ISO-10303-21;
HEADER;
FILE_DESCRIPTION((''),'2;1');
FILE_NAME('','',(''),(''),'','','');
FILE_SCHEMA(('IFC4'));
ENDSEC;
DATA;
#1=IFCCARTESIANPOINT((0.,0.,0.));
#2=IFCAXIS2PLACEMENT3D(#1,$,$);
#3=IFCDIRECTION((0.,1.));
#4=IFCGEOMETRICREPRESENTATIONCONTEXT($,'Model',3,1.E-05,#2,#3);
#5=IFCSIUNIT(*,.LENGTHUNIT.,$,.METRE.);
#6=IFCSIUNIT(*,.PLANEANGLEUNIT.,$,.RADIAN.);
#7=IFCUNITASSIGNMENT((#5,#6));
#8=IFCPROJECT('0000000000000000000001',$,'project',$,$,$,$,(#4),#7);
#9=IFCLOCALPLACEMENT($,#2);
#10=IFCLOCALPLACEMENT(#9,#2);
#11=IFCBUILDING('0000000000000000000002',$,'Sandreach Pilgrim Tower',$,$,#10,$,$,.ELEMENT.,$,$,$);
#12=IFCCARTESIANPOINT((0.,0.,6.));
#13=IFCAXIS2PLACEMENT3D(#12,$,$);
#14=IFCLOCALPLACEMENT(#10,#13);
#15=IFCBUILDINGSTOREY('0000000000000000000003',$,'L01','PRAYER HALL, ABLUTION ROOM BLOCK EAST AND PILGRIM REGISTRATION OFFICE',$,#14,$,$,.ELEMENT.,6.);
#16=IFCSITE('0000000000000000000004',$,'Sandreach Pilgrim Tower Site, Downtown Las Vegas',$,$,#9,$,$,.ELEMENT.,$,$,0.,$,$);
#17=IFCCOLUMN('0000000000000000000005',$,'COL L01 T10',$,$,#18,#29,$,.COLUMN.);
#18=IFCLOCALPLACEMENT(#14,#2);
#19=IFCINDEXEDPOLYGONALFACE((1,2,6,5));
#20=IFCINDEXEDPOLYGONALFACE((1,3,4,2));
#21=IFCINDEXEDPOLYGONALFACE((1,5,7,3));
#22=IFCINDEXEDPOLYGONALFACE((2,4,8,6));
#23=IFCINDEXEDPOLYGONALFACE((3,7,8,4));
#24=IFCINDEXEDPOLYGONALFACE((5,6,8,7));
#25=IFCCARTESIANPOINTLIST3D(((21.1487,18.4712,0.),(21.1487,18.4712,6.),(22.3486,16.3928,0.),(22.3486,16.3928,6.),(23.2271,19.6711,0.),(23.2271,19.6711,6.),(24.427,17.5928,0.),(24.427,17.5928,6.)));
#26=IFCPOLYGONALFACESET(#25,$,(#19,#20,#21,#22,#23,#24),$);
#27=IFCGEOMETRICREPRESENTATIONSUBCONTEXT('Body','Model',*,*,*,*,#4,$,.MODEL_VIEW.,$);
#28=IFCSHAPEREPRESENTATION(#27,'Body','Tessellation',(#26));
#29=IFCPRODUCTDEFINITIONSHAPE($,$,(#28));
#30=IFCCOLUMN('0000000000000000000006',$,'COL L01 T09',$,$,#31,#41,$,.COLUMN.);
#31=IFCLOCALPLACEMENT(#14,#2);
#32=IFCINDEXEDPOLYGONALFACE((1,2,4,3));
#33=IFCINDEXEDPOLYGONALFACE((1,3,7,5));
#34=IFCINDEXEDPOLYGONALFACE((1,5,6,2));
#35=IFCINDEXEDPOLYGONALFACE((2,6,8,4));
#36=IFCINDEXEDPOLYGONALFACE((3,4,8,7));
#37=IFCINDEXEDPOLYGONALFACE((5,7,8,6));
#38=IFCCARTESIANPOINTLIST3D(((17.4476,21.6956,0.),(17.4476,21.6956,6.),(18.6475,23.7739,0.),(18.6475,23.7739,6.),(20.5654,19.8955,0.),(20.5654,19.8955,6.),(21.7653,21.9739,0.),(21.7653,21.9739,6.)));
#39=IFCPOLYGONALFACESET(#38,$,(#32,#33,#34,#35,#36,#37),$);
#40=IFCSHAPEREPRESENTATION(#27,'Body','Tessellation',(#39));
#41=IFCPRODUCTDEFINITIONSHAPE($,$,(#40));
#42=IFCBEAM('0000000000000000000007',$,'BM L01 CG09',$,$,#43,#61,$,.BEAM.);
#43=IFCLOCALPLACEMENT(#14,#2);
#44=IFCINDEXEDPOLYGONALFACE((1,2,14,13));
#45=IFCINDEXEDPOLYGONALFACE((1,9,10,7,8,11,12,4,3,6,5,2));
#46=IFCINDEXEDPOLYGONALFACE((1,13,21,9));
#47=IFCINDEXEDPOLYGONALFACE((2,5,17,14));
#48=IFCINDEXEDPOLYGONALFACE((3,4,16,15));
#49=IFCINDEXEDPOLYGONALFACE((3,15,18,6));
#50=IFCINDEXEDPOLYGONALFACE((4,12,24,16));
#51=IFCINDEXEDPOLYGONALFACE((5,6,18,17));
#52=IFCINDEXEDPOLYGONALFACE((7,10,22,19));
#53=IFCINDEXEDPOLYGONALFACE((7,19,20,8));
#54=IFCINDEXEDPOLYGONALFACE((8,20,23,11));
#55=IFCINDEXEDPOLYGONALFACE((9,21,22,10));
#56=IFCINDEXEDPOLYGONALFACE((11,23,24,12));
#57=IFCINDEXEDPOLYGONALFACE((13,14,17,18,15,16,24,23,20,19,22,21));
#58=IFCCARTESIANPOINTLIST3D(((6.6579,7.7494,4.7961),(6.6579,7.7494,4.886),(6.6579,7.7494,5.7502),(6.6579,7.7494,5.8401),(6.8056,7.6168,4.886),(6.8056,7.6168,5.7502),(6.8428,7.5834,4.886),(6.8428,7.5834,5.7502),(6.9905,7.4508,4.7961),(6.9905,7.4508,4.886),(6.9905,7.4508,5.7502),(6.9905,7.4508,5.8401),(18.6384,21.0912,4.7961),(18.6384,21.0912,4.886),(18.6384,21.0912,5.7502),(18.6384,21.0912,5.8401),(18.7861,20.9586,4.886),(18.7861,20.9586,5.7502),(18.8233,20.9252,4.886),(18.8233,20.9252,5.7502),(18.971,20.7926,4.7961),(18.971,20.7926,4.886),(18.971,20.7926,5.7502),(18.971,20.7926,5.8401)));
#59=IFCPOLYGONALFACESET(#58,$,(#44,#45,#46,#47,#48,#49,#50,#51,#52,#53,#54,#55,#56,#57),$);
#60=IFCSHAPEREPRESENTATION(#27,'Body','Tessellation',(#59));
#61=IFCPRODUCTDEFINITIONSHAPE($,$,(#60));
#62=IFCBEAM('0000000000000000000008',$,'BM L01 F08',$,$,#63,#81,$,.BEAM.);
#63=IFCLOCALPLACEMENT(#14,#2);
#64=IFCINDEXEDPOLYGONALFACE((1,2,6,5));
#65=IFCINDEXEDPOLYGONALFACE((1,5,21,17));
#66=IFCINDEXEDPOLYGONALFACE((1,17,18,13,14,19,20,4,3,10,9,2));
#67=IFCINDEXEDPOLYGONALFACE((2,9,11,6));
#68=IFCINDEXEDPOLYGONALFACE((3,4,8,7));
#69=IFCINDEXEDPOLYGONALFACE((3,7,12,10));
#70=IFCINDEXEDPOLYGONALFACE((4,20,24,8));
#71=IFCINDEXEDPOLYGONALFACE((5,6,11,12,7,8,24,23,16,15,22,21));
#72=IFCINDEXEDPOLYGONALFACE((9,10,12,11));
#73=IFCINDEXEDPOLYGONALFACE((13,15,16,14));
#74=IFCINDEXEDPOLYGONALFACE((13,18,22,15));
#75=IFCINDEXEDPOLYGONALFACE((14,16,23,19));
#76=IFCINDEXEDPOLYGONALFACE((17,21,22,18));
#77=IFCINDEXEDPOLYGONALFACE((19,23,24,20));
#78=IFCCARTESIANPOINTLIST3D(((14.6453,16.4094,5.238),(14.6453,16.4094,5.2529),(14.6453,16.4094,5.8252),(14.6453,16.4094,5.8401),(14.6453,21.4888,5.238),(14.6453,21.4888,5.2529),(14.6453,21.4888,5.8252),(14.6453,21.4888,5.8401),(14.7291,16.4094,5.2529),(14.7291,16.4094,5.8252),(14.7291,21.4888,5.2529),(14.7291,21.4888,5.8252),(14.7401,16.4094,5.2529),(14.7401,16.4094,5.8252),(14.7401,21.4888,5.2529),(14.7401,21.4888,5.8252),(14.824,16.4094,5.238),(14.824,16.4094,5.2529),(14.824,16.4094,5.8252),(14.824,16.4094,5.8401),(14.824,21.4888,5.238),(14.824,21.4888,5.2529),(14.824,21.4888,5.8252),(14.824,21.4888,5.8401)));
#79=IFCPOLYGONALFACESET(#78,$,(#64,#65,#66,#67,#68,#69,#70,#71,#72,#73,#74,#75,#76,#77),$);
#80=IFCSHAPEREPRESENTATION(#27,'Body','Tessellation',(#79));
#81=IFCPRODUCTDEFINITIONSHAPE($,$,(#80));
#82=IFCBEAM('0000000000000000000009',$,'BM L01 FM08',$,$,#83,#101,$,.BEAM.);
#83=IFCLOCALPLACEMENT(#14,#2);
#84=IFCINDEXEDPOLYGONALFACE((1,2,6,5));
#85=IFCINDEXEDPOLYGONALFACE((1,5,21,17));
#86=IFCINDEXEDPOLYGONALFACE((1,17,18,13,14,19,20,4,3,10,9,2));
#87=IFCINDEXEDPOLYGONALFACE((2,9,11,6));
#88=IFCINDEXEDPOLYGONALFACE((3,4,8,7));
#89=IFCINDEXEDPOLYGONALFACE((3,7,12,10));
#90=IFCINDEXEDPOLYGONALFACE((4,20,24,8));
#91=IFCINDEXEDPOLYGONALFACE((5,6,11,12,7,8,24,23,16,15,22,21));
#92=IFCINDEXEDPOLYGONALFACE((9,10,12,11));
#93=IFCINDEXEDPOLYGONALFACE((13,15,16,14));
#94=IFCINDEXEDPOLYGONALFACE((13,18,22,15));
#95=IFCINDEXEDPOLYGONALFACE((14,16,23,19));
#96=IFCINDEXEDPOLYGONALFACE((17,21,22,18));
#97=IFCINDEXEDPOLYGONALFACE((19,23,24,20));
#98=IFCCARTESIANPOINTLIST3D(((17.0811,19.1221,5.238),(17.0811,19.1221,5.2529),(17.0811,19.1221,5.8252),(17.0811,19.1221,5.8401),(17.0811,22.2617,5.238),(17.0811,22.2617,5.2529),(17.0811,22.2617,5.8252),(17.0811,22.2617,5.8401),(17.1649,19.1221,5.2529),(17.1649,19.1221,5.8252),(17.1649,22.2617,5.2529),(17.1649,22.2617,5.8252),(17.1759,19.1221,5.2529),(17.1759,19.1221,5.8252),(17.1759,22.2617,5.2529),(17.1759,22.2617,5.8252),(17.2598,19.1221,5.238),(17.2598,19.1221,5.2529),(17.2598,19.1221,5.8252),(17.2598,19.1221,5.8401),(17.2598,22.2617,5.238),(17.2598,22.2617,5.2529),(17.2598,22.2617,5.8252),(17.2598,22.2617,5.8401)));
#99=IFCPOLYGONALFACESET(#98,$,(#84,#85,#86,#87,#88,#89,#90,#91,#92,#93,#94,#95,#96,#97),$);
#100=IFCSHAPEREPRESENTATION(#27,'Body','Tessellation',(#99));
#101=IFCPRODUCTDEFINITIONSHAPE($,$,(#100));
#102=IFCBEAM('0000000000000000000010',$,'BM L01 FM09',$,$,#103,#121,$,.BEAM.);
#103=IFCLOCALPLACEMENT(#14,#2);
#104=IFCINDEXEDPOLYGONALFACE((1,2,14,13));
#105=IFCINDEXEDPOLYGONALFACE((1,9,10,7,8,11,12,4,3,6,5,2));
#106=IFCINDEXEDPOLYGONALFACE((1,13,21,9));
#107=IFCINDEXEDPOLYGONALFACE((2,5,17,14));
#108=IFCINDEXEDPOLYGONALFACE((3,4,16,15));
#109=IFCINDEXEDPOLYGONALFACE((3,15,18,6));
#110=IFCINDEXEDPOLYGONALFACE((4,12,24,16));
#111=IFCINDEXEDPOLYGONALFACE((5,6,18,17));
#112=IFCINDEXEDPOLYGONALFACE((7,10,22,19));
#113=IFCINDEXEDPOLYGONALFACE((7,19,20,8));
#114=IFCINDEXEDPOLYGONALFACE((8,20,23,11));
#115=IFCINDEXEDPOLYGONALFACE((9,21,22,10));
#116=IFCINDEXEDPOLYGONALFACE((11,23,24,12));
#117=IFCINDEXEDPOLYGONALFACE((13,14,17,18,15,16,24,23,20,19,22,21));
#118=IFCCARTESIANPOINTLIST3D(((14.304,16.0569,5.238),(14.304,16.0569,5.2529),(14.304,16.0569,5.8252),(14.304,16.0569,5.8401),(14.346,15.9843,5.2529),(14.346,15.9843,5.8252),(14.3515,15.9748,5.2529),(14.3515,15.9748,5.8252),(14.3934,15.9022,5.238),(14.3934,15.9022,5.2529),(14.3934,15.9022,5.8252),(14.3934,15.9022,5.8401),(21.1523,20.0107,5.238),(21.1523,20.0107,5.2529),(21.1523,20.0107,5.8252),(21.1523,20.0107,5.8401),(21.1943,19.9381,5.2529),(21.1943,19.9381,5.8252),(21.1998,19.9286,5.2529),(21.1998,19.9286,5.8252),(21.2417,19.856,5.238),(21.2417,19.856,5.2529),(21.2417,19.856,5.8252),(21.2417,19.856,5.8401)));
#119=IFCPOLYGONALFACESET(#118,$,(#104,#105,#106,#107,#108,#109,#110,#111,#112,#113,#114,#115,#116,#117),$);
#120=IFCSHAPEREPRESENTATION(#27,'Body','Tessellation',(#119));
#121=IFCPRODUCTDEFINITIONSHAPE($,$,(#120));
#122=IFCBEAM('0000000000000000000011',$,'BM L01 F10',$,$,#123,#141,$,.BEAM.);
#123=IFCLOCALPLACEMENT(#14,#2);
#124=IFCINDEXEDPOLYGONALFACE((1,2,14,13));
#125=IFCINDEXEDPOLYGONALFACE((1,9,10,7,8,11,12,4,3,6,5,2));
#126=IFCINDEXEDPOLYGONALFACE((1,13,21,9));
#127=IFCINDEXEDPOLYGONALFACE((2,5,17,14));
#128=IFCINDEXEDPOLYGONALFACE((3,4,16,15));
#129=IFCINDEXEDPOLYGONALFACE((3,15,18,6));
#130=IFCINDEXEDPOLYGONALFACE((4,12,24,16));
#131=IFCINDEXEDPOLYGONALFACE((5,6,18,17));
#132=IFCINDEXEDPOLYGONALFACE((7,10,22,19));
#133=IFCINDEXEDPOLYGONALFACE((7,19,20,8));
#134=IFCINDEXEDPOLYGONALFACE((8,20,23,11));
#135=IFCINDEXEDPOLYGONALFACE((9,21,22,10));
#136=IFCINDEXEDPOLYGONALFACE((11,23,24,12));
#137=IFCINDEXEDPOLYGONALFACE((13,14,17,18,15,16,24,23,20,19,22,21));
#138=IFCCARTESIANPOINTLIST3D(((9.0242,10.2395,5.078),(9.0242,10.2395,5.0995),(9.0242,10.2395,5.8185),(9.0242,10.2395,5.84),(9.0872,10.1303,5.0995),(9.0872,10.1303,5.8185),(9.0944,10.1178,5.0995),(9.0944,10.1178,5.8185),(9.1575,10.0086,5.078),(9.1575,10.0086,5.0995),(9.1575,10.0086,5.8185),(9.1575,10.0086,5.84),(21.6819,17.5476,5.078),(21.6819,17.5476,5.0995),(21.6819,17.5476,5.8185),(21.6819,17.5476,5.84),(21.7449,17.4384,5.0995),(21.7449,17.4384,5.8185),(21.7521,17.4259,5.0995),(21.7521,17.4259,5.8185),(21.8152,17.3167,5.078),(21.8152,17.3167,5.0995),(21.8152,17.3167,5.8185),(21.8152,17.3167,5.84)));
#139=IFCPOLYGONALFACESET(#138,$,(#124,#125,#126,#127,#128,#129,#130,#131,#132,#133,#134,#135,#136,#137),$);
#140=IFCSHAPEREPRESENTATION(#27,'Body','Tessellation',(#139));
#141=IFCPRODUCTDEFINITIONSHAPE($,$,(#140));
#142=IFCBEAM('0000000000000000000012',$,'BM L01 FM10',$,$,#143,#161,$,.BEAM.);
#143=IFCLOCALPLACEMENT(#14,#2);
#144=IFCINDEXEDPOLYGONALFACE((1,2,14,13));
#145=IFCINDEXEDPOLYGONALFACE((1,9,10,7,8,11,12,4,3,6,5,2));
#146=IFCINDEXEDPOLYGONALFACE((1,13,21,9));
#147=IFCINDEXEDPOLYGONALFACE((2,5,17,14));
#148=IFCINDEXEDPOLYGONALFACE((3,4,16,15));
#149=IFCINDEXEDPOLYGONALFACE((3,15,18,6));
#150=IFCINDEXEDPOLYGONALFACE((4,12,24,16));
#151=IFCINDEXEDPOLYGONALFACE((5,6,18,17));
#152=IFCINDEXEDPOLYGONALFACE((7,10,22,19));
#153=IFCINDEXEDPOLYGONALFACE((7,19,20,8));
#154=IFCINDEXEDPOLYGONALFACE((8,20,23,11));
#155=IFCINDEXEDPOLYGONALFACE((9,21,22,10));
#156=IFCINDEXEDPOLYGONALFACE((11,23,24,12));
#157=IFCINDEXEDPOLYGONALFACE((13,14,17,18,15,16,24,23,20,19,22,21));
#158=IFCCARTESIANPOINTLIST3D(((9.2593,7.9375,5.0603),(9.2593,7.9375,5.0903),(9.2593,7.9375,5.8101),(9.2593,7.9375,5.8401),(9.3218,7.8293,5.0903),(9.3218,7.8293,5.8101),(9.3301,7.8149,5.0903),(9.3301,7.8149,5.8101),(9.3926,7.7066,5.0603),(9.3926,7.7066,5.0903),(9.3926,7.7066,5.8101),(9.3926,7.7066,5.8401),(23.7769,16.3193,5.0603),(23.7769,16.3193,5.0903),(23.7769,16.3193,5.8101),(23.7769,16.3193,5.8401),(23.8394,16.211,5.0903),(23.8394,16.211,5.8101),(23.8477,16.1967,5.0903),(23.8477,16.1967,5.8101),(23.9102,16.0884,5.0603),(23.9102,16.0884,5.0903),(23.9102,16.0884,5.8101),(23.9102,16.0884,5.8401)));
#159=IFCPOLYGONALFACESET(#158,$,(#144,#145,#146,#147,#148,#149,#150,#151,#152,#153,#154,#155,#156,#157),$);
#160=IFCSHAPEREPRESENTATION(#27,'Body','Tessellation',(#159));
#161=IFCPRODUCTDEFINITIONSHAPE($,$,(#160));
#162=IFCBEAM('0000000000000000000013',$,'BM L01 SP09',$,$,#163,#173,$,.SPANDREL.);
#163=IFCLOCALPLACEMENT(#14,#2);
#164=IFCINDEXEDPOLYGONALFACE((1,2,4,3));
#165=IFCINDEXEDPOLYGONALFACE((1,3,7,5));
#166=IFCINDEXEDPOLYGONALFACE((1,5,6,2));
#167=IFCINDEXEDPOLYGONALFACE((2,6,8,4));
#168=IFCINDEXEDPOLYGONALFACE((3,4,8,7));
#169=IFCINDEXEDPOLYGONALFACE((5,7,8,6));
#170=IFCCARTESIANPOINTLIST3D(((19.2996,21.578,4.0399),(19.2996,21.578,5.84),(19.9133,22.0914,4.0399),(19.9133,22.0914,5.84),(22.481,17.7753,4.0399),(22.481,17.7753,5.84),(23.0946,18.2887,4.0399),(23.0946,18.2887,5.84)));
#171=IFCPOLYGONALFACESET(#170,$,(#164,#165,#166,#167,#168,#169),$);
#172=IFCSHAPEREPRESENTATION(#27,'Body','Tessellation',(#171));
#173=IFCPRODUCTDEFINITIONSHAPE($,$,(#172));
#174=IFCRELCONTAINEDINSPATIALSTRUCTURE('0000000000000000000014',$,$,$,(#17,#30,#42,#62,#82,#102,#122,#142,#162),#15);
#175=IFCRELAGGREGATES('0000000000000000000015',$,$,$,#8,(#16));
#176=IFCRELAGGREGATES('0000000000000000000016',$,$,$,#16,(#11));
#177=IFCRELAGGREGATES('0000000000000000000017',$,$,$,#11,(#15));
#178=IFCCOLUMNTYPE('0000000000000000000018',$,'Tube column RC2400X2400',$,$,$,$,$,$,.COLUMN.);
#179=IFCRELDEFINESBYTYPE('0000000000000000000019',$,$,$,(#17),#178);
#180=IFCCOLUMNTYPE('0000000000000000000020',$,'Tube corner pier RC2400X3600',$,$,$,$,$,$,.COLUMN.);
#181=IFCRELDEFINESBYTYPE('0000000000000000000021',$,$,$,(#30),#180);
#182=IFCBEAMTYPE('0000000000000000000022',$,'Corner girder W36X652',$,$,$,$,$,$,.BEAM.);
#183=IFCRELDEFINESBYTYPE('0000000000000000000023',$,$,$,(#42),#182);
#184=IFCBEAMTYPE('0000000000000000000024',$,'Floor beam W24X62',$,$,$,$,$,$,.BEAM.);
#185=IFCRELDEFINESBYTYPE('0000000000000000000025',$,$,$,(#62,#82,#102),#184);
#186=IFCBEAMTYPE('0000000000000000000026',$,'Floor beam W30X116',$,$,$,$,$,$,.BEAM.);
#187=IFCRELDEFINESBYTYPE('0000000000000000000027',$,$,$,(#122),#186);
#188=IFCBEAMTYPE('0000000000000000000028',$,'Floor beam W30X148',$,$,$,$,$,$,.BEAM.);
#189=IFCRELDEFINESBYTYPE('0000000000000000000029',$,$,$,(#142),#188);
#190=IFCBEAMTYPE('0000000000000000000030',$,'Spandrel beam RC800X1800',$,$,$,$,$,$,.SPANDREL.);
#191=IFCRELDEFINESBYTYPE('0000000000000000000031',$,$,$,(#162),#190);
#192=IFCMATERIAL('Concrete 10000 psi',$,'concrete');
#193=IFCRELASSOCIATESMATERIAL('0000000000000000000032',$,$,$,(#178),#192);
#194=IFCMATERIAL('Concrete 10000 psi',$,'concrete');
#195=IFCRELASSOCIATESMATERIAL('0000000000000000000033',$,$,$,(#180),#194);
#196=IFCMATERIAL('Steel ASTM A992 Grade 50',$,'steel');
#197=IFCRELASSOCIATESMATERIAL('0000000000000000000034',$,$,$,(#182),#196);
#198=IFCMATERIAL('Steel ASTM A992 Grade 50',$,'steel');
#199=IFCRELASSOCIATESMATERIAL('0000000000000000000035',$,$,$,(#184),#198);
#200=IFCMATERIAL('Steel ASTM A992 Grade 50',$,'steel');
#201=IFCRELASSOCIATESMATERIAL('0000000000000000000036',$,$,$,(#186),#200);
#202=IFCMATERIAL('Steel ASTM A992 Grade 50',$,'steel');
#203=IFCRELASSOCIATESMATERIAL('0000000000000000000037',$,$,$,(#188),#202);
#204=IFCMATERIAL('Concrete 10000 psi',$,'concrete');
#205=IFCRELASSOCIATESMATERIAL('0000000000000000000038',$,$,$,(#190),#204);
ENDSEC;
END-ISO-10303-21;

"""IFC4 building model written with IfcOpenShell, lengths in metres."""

from ifc_helpers import new_model, si_unit, direction, frame, origin, origin_2d, place, context, subcontext, project, spatial, rectangle, i_section, extrude, material, material_profile, profile_set, type_object, element, save


model = new_model("IFC4")

# Units and contexts
model_context = context("Model", 3, precision=1e-05, world=origin(), true_north=direction((0.0, 1.0)))
body_context = subcontext(model_context, "Body", "Model", "MODEL_VIEW")
ifc_project = project(units=[si_unit("LENGTHUNIT", "METRE"), si_unit("PLANEANGLEUNIT", "RADIAN")], contexts=[model_context])

# Site, building, storey
site_placement = place(None, origin())
site = spatial("IfcSite", under=ifc_project, at=site_placement, Name="Sandreach Pilgrim Tower Site, Downtown Las Vegas", CompositionType="ELEMENT", RefElevation=0.0)
building_placement = place(site_placement, origin())
building = spatial("IfcBuilding", under=site, at=building_placement, Name="Sandreach Pilgrim Tower", CompositionType="ELEMENT")
storey_placement = place(building_placement, frame((0.0, 0.0, 6.0)))
storey = spatial("IfcBuildingStorey", under=building, at=storey_placement, Name="L01", Description="PRAYER HALL, ABLUTION ROOM BLOCK EAST AND PILGRIM REGISTRATION OFFICE", CompositionType="ELEMENT", Elevation=6.0)

# Columns
ifc_material_1 = material(Name="Concrete 10000 psi", Category="concrete")
ifc_material_profile_1 = material_profile(ifc_material_1, rectangle(XDim=2.3999, YDim=2.3999, at=origin_2d()), Name="RC2400X2400")
ifc_profile_set_1 = profile_set([ifc_material_profile_1], Name="Concrete 10000 psi")
column_type_1 = type_object("IfcColumnType", Name="Tube column RC2400X2400", PredefinedType="COLUMN", material=ifc_profile_set_1)
column_1_placement = place(storey_placement, frame((22.7878, 18.032, 0.0), z_axis=(0.0, 0.0, 1.0), x_axis=(0.866025, 0.5, 0.0)))
element("IfcColumn", 1, at=column_1_placement, inside=storey, type_object=column_type_1, Name="COL L01 T10", PredefinedType="COLUMN", context=body_context, shape_type="SweptSolid", body=[
    extrude(rectangle(XDim=2.3999, YDim=2.3999, at=origin_2d()), origin(), (0.0, 0.0, 1.0), 6.0),
])
ifc_material_2 = material(Name="Concrete 10000 psi", Category="concrete")
ifc_material_profile_2 = material_profile(ifc_material_2, rectangle(XDim=2.3999, YDim=3.6001, at=origin_2d()), Name="RC2400X3600")
ifc_profile_set_2 = profile_set([ifc_material_profile_2], Name="Concrete 10000 psi")
column_type_2 = type_object("IfcColumnType", Name="Tube corner pier RC2400X3600", PredefinedType="COLUMN", material=ifc_profile_set_2)
column_2_placement = place(storey_placement, frame((19.6064, 21.8347, 0.0), z_axis=(0.0, 0.0, 1.0), x_axis=(0.5, 0.866025, 0.0)))
element("IfcColumn", 2, at=column_2_placement, inside=storey, type_object=column_type_2, Name="COL L01 T09", PredefinedType="COLUMN", context=body_context, shape_type="SweptSolid", body=[
    extrude(rectangle(XDim=2.3999, YDim=3.6001, at=origin_2d()), origin(), (0.0, 0.0, 1.0), 6.0),
])

# Beams
ifc_material_3 = material(Name="Steel ASTM A992 Grade 50", Category="steel")
ifc_material_profile_3 = material_profile(ifc_material_3, i_section(OverallWidth=0.447, OverallDepth=1.0439, WebThickness=0.05, FlangeThickness=0.0898, at=origin_2d()), Name="W36X652")
ifc_profile_set_3 = profile_set([ifc_material_profile_3], Name="Steel ASTM A992 Grade 50")
beam_type_1 = type_object("IfcBeamType", Name="Corner girder W36X652", PredefinedType="BEAM", material=ifc_profile_set_3)
beam_1_placement = place(storey_placement, frame((18.8047, 20.9419, 5.3181), z_axis=(-0.668128, -0.744047, 0.0), x_axis=(0.744047, -0.668128, 0.0)))
element("IfcBeam", 3, at=beam_1_placement, inside=storey, type_object=beam_type_1, Name="BM L01 CG09", PredefinedType="BEAM", context=body_context, shape_type="SweptSolid", body=[
    extrude(i_section(OverallWidth=0.447, OverallDepth=1.0439, WebThickness=0.05, FlangeThickness=0.0898, at=origin_2d()), origin(), (0.0, 0.0, 1.0), 17.9314),
])
ifc_material_4 = material(Name="Steel ASTM A992 Grade 50", Category="steel")
ifc_material_profile_4 = material_profile(ifc_material_4, i_section(OverallWidth=0.1787, OverallDepth=0.6021, WebThickness=0.011, FlangeThickness=0.0149, at=origin_2d()), Name="W24X62")
ifc_profile_set_4 = profile_set([ifc_material_profile_4], Name="Steel ASTM A992 Grade 50")
beam_type_2 = type_object("IfcBeamType", Name="Floor beam W24X62", PredefinedType="BEAM", material=ifc_profile_set_4)
beam_2_placement = place(storey_placement, frame((14.7346, 21.4888, 5.5391), z_axis=(0.0, -1.0, 0.0), x_axis=(1.0, 0.0, 0.0)))
element("IfcBeam", 4, at=beam_2_placement, inside=storey, type_object=beam_type_2, Name="BM L01 F08", PredefinedType="BEAM", context=body_context, shape_type="SweptSolid", body=[
    extrude(i_section(OverallWidth=0.1787, OverallDepth=0.6021, WebThickness=0.011, FlangeThickness=0.0149, at=origin_2d()), origin(), (0.0, 0.0, 1.0), 5.0793),
])
beam_3_placement = place(storey_placement, frame((17.1704, 22.2617, 5.5391), z_axis=(0.0, -1.0, 0.0), x_axis=(1.0, 0.0, 0.0)))
element("IfcBeam", 5, at=beam_3_placement, inside=storey, type_object=beam_type_2, Name="BM L01 FM08", PredefinedType="BEAM", context=body_context, shape_type="SweptSolid", body=[
    extrude(i_section(OverallWidth=0.1787, OverallDepth=0.6021, WebThickness=0.011, FlangeThickness=0.0149, at=origin_2d()), origin(), (0.0, 0.0, 1.0), 3.1396),
])
beam_4_placement = place(storey_placement, frame((21.197, 19.9333, 5.5391), z_axis=(-0.866029, -0.499994, 0.0), x_axis=(0.499994, -0.866029, 0.0)))
element("IfcBeam", 6, at=beam_4_placement, inside=storey, type_object=beam_type_2, Name="BM L01 FM09", PredefinedType="BEAM", context=body_context, shape_type="SweptSolid", body=[
    extrude(i_section(OverallWidth=0.1787, OverallDepth=0.6021, WebThickness=0.011, FlangeThickness=0.0149, at=origin_2d()), origin(), (0.0, 0.0, 1.0), 7.9077),
])
ifc_material_5 = material(Name="Steel ASTM A992 Grade 50", Category="steel")
ifc_material_profile_5 = material_profile(ifc_material_5, i_section(OverallWidth=0.2666, OverallDepth=0.762, WebThickness=0.0144, FlangeThickness=0.0215, at=origin_2d()), Name="W30X116")
ifc_profile_set_5 = profile_set([ifc_material_profile_5], Name="Steel ASTM A992 Grade 50")
beam_type_3 = type_object("IfcBeamType", Name="Floor beam W30X116", PredefinedType="BEAM", material=ifc_profile_set_5)
beam_5_placement = place(storey_placement, frame((21.7485, 17.4321, 5.459), z_axis=(-0.86602, -0.500009, 0.0), x_axis=(0.500009, -0.86602, 0.0)))
element("IfcBeam", 7, at=beam_5_placement, inside=storey, type_object=beam_type_3, Name="BM L01 F10", PredefinedType="BEAM", context=body_context, shape_type="SweptSolid", body=[
    extrude(i_section(OverallWidth=0.2666, OverallDepth=0.762, WebThickness=0.0144, FlangeThickness=0.0215, at=origin_2d()), origin(), (0.0, 0.0, 1.0), 14.616),
])
ifc_material_6 = material(Name="Steel ASTM A992 Grade 50", Category="steel")
ifc_material_profile_6 = material_profile(ifc_material_6, i_section(OverallWidth=0.2666, OverallDepth=0.7798, WebThickness=0.0166, FlangeThickness=0.03, at=origin_2d()), Name="W30X148")
ifc_profile_set_6 = profile_set([ifc_material_profile_6], Name="Steel ASTM A992 Grade 50")
beam_type_4 = type_object("IfcBeamType", Name="Floor beam W30X148", PredefinedType="BEAM", material=ifc_profile_set_6)
beam_6_placement = place(storey_placement, frame((23.8435, 16.2039, 5.4502), z_axis=(-0.866023, -0.500005, 0.0), x_axis=(0.500005, -0.866023, 0.0)))
element("IfcBeam", 8, at=beam_6_placement, inside=storey, type_object=beam_type_4, Name="BM L01 FM10", PredefinedType="BEAM", context=body_context, shape_type="SweptSolid", body=[
    extrude(i_section(OverallWidth=0.2666, OverallDepth=0.7798, WebThickness=0.0166, FlangeThickness=0.03, at=origin_2d()), origin(), (0.0, 0.0, 1.0), 16.7634),
])
ifc_material_7 = material(Name="Concrete 10000 psi", Category="concrete")
ifc_material_profile_7 = material_profile(ifc_material_7, rectangle(XDim=0.8, YDim=1.8, at=origin_2d()), Name="RC800X1800")
ifc_profile_set_7 = profile_set([ifc_material_profile_7], Name="Concrete 10000 psi")
beam_type_5 = type_object("IfcBeamType", Name="Spandrel beam RC800X1800", PredefinedType="SPANDREL", material=ifc_profile_set_7)
beam_7_placement = place(storey_placement, frame((19.6064, 21.8347, 4.9399), z_axis=(0.641665, -0.766985, 0.0), x_axis=(0.766985, 0.641665, 0.0)))
element("IfcBeam", 9, at=beam_7_placement, inside=storey, type_object=beam_type_5, Name="BM L01 SP09", PredefinedType="SPANDREL", context=body_context, shape_type="SweptSolid", body=[
    extrude(rectangle(XDim=0.8, YDim=1.8, at=origin_2d()), origin(), (0.0, 0.0, 1.0), 4.958),
])

save(model, "model.ifc")
